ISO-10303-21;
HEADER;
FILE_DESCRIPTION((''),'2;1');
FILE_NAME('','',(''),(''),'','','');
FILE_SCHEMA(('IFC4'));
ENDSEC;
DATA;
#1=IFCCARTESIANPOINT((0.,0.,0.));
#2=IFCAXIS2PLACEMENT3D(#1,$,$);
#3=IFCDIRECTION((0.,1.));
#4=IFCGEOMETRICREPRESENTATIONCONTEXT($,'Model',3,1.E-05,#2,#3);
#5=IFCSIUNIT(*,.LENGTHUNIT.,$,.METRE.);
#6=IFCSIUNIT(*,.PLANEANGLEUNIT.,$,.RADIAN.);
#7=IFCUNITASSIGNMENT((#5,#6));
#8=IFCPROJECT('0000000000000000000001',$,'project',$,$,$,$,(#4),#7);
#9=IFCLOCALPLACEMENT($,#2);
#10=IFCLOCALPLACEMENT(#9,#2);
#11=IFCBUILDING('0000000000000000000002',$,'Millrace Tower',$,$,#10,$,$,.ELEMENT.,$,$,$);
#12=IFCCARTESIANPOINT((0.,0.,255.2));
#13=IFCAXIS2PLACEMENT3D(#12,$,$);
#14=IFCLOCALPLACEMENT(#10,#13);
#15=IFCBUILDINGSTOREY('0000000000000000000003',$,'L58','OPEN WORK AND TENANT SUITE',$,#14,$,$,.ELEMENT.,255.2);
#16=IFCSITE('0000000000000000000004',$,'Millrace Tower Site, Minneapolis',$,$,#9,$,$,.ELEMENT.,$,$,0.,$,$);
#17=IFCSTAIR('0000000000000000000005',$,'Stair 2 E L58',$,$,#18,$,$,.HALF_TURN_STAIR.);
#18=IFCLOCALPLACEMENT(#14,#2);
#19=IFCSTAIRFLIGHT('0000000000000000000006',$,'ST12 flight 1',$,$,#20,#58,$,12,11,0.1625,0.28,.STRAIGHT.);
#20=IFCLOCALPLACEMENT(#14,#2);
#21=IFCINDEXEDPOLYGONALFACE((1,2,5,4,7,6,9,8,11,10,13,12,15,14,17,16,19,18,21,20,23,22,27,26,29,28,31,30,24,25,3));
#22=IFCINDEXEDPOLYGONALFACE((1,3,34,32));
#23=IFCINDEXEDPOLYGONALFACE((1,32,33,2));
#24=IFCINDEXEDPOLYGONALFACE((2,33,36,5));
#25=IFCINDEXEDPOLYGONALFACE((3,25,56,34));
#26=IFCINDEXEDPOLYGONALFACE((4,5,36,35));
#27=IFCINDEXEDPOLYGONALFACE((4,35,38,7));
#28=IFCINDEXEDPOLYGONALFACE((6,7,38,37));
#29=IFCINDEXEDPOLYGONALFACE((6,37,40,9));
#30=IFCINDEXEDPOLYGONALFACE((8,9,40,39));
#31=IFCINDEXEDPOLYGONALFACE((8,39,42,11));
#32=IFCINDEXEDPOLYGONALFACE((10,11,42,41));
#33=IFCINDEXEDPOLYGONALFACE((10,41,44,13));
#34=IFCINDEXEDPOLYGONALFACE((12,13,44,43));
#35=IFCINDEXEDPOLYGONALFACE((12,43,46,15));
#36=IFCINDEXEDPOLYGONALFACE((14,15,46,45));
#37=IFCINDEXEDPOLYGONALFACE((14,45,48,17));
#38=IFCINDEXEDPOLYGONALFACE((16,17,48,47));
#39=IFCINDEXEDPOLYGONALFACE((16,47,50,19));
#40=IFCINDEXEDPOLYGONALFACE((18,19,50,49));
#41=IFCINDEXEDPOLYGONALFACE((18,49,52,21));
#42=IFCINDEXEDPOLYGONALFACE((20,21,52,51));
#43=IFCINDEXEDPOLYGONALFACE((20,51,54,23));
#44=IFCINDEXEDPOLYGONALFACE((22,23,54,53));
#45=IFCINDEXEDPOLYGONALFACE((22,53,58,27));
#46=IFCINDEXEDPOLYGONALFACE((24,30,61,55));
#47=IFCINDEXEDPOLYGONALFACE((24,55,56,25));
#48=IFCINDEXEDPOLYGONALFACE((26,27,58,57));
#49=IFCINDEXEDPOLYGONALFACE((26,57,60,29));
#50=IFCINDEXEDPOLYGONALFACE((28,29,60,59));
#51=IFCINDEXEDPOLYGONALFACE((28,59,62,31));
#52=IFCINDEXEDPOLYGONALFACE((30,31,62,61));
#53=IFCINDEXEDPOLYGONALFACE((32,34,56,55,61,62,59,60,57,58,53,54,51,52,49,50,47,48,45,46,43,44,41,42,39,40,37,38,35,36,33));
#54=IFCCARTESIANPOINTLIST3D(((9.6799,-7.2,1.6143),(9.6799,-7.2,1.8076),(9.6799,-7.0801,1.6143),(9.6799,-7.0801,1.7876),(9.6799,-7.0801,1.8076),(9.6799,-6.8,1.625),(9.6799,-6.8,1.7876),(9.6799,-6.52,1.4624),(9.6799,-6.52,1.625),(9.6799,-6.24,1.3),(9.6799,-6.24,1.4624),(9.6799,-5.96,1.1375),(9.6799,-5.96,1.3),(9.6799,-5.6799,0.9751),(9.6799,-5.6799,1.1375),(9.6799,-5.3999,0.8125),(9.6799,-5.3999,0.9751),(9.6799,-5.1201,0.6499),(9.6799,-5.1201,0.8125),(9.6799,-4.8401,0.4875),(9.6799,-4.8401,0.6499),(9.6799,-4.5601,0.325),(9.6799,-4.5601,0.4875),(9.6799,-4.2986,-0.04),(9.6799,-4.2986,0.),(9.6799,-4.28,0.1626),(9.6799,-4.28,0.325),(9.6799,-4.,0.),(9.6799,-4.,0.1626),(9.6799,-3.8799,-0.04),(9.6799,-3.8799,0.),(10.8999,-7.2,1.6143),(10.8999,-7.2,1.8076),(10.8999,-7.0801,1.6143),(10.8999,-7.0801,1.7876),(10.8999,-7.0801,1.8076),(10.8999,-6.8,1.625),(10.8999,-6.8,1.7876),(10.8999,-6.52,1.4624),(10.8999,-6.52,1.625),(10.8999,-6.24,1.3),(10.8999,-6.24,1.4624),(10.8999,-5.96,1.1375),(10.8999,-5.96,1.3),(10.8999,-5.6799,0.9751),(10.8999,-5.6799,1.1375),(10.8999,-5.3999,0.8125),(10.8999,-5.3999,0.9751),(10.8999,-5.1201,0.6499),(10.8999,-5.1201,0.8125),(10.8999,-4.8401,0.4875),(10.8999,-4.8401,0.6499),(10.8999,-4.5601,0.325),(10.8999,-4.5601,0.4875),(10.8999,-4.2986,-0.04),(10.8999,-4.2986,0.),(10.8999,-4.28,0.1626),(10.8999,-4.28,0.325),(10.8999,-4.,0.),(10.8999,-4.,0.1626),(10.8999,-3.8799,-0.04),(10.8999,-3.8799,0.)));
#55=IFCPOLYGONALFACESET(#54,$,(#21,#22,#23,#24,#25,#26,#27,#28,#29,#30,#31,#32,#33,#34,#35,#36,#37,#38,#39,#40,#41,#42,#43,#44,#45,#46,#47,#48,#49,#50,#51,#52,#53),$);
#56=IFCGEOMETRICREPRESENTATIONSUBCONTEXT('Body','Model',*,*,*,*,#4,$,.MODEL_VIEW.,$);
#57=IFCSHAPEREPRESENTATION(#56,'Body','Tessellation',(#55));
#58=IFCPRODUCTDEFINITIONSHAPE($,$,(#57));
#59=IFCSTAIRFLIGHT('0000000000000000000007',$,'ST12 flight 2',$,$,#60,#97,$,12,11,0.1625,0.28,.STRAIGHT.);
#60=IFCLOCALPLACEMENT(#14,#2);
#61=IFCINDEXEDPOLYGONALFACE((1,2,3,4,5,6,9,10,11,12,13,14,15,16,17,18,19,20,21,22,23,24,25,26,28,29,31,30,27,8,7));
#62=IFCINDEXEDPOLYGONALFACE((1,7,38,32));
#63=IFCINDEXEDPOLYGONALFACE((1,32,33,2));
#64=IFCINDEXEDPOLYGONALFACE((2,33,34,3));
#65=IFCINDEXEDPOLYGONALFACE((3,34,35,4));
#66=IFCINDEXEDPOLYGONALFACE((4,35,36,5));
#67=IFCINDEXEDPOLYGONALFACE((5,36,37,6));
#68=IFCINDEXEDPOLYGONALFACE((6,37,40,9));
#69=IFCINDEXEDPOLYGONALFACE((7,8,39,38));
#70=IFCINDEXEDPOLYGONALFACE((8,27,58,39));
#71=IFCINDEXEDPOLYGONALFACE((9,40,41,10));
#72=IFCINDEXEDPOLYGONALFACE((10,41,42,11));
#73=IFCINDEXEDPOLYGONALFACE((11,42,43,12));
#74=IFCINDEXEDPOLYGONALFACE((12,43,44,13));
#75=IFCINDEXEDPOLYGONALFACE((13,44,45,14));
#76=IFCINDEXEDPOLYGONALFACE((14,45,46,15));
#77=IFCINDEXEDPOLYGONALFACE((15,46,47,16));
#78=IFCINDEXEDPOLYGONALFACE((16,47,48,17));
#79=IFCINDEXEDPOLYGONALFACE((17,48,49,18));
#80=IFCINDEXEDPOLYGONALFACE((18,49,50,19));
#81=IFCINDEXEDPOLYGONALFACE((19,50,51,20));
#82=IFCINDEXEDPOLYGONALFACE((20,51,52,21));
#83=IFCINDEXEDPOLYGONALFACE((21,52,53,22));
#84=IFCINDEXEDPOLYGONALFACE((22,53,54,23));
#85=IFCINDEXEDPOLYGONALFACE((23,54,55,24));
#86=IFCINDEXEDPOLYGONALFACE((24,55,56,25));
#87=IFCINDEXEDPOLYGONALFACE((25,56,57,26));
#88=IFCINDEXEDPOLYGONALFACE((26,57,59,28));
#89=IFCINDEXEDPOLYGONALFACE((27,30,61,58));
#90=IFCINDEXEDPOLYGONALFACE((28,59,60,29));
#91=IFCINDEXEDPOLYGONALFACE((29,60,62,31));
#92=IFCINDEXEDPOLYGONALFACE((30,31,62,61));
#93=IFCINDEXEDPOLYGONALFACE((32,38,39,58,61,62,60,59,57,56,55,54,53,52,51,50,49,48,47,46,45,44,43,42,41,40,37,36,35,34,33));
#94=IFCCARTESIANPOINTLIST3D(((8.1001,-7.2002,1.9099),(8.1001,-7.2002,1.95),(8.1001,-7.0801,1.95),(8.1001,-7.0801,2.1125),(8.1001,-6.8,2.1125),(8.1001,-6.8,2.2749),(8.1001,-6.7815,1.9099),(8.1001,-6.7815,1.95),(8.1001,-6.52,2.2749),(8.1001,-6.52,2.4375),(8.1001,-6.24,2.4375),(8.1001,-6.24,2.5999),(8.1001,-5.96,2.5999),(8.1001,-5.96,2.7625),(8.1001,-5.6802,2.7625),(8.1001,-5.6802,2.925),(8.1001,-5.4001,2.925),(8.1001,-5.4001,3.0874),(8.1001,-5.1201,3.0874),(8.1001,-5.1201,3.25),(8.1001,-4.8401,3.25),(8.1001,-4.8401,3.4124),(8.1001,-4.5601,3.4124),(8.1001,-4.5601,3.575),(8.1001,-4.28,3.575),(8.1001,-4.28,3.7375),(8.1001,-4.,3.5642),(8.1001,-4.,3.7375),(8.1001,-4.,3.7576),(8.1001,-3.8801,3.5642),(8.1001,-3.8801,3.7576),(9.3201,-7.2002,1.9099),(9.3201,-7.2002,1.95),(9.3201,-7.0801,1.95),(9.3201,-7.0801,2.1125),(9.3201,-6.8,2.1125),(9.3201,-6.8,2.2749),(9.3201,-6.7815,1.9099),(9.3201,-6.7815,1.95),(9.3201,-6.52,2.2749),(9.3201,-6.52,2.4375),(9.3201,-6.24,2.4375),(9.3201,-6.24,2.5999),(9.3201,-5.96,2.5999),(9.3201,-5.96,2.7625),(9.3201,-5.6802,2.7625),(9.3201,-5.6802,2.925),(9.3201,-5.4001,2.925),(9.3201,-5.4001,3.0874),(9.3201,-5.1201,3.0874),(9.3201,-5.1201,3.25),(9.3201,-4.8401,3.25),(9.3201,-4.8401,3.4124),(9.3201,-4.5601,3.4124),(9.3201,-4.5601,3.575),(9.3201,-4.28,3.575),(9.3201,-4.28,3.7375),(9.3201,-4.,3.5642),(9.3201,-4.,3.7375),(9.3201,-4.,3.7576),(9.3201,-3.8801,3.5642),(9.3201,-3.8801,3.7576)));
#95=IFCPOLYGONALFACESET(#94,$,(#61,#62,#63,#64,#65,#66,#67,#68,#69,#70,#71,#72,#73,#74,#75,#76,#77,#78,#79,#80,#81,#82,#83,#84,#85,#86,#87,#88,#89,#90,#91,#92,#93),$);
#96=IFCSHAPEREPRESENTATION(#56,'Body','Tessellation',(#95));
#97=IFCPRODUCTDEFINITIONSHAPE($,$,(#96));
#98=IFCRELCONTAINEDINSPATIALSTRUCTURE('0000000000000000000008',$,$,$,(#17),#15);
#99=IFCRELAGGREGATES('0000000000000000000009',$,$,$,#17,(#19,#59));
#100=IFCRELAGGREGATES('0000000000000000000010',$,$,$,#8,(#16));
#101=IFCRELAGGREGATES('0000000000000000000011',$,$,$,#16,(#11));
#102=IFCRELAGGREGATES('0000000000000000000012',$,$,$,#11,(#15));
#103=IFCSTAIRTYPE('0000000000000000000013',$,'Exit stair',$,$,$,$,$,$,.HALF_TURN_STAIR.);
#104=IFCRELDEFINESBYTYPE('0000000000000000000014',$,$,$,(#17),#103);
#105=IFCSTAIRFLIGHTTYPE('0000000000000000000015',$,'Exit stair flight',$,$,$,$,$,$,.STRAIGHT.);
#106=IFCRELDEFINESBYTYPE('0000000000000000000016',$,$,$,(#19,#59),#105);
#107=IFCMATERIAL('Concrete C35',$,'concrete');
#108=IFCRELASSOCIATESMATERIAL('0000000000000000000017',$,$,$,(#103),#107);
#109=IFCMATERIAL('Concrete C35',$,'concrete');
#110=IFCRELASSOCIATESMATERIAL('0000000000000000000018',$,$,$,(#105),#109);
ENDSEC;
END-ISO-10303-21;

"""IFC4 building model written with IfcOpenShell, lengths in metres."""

from ifc_helpers import new_model, si_unit, direction, frame, origin, place, context, subcontext, project, spatial, polyline, outline, extrude, material, type_object, element, aggregate, save


model = new_model("IFC4")

# Units and contexts
model_context = context("Model", 3, precision=1e-05, world=origin(), true_north=direction((0.0, 1.0)))
body_context = subcontext(model_context, "Body", "Model", "MODEL_VIEW")
ifc_project = project(units=[si_unit("LENGTHUNIT", "METRE"), si_unit("PLANEANGLEUNIT", "RADIAN")], contexts=[model_context])

# Site, building, storey
site_placement = place(None, origin())
site = spatial("IfcSite", under=ifc_project, at=site_placement, Name="Millrace Tower Site, Minneapolis", CompositionType="ELEMENT", RefElevation=0.0)
building_placement = place(site_placement, origin())
building = spatial("IfcBuilding", under=site, at=building_placement, Name="Millrace Tower", CompositionType="ELEMENT")
storey_placement = place(building_placement, frame((0.0, 0.0, 255.2)))
storey = spatial("IfcBuildingStorey", under=building, at=storey_placement, Name="L58", Description="OPEN WORK AND TENANT SUITE", CompositionType="ELEMENT", Elevation=255.2)

# Shared definitions
placement = place(storey_placement, origin())

# Stair, stair flights
ifc_material_1 = material(Name="Concrete C35", Category="concrete")
stair_type = type_object("IfcStairType", Name="Exit stair", PredefinedType="HALF_TURN_STAIR", material=ifc_material_1)
ifc_material_2 = material(Name="Concrete C35", Category="concrete")
stair_flight_type = type_object("IfcStairFlightType", Name="Exit stair flight", PredefinedType="STRAIGHT", material=ifc_material_2)
stair_1 = element("IfcStair", 1, at=placement, inside=storey, type_object=stair_type, Name="Stair 2 E L58", PredefinedType="HALF_TURN_STAIR")
stair_flight_1_placement = place(storey_placement, frame((10.29, -4.0, 0.0), z_axis=(0.0, 0.0, 1.0), x_axis=(0.0, -1.0, 0.0)))
stair_flight_1 = element("IfcStairFlight", 2, at=stair_flight_1_placement, type_object=stair_flight_type, Name="ST12 flight 1", NumberOfRisers=12, NumberOfTreads=11, PredefinedType="STRAIGHT", RiserHeight=0.1625, TreadLength=0.28, context=body_context, shape_type="SweptSolid", body=[
    extrude(outline(polyline([(-0.1201, -0.04), (-0.1201, 0.0), (0.0, 0.0), (0.0, 0.1626), (0.28, 0.1626), (0.28, 0.325), (0.5601, 0.325), (0.5601, 0.4875), (0.8401, 0.4875), (0.8401, 0.6499), (1.1201, 0.6499), (1.1201, 0.8125), (1.3999, 0.8125), (1.3999, 0.9751), (1.6799, 0.9751), (1.6799, 1.1375), (1.96, 1.1375), (1.96, 1.3), (2.24, 1.3), (2.24, 1.4624), (2.52, 1.4624), (2.52, 1.625), (2.8, 1.625), (2.8, 1.7876), (3.0801, 1.7876), (3.0801, 1.8076), (3.2, 1.8076), (3.2, 1.6143), (3.0801, 1.6143), (0.2986, 0.0), (0.2986, -0.04), (-0.1201, -0.04)])), frame((0.0, 0.6099, 0.0), z_axis=(0.0, -1.0, 0.0), x_axis=(1.0, 0.0, 0.0)), (0.0, 0.0, 1.0), 1.22),
])
stair_flight_2_placement = place(storey_placement, frame((8.71, -7.0801, 1.95), z_axis=(0.0, 0.0, 1.0), x_axis=(0.0, 1.0, 0.0)))
stair_flight_2 = element("IfcStairFlight", 3, at=stair_flight_2_placement, type_object=stair_flight_type, Name="ST12 flight 2", NumberOfRisers=12, NumberOfTreads=11, PredefinedType="STRAIGHT", RiserHeight=0.1625, TreadLength=0.28, context=body_context, shape_type="SweptSolid", body=[
    extrude(outline(polyline([(-0.1201, -0.04), (-0.1201, 0.0), (0.0, 0.0), (0.0, 0.1626), (0.28, 0.1626), (0.28, 0.325), (0.5601, 0.325), (0.5601, 0.4875), (0.8401, 0.4875), (0.8401, 0.6499), (1.1201, 0.6499), (1.1201, 0.8125), (1.3999, 0.8125), (1.3999, 0.9751), (1.6799, 0.9751), (1.6799, 1.1375), (1.96, 1.1375), (1.96, 1.3), (2.24, 1.3), (2.24, 1.4624), (2.52, 1.4624), (2.52, 1.625), (2.8, 1.625), (2.8, 1.7876), (3.0801, 1.7876), (3.0801, 1.8076), (3.2, 1.8076), (3.2, 1.6143), (3.0801, 1.6143), (0.2986, 0.0), (0.2986, -0.04), (-0.1201, -0.04)])), frame((0.0, 0.6099, 0.0), z_axis=(0.0, -1.0, 0.0), x_axis=(1.0, 0.0, 0.0)), (0.0, 0.0, 1.0), 1.22),
])
aggregate(stair_1, [stair_flight_1, stair_flight_2])

save(model, "model.ifc")
